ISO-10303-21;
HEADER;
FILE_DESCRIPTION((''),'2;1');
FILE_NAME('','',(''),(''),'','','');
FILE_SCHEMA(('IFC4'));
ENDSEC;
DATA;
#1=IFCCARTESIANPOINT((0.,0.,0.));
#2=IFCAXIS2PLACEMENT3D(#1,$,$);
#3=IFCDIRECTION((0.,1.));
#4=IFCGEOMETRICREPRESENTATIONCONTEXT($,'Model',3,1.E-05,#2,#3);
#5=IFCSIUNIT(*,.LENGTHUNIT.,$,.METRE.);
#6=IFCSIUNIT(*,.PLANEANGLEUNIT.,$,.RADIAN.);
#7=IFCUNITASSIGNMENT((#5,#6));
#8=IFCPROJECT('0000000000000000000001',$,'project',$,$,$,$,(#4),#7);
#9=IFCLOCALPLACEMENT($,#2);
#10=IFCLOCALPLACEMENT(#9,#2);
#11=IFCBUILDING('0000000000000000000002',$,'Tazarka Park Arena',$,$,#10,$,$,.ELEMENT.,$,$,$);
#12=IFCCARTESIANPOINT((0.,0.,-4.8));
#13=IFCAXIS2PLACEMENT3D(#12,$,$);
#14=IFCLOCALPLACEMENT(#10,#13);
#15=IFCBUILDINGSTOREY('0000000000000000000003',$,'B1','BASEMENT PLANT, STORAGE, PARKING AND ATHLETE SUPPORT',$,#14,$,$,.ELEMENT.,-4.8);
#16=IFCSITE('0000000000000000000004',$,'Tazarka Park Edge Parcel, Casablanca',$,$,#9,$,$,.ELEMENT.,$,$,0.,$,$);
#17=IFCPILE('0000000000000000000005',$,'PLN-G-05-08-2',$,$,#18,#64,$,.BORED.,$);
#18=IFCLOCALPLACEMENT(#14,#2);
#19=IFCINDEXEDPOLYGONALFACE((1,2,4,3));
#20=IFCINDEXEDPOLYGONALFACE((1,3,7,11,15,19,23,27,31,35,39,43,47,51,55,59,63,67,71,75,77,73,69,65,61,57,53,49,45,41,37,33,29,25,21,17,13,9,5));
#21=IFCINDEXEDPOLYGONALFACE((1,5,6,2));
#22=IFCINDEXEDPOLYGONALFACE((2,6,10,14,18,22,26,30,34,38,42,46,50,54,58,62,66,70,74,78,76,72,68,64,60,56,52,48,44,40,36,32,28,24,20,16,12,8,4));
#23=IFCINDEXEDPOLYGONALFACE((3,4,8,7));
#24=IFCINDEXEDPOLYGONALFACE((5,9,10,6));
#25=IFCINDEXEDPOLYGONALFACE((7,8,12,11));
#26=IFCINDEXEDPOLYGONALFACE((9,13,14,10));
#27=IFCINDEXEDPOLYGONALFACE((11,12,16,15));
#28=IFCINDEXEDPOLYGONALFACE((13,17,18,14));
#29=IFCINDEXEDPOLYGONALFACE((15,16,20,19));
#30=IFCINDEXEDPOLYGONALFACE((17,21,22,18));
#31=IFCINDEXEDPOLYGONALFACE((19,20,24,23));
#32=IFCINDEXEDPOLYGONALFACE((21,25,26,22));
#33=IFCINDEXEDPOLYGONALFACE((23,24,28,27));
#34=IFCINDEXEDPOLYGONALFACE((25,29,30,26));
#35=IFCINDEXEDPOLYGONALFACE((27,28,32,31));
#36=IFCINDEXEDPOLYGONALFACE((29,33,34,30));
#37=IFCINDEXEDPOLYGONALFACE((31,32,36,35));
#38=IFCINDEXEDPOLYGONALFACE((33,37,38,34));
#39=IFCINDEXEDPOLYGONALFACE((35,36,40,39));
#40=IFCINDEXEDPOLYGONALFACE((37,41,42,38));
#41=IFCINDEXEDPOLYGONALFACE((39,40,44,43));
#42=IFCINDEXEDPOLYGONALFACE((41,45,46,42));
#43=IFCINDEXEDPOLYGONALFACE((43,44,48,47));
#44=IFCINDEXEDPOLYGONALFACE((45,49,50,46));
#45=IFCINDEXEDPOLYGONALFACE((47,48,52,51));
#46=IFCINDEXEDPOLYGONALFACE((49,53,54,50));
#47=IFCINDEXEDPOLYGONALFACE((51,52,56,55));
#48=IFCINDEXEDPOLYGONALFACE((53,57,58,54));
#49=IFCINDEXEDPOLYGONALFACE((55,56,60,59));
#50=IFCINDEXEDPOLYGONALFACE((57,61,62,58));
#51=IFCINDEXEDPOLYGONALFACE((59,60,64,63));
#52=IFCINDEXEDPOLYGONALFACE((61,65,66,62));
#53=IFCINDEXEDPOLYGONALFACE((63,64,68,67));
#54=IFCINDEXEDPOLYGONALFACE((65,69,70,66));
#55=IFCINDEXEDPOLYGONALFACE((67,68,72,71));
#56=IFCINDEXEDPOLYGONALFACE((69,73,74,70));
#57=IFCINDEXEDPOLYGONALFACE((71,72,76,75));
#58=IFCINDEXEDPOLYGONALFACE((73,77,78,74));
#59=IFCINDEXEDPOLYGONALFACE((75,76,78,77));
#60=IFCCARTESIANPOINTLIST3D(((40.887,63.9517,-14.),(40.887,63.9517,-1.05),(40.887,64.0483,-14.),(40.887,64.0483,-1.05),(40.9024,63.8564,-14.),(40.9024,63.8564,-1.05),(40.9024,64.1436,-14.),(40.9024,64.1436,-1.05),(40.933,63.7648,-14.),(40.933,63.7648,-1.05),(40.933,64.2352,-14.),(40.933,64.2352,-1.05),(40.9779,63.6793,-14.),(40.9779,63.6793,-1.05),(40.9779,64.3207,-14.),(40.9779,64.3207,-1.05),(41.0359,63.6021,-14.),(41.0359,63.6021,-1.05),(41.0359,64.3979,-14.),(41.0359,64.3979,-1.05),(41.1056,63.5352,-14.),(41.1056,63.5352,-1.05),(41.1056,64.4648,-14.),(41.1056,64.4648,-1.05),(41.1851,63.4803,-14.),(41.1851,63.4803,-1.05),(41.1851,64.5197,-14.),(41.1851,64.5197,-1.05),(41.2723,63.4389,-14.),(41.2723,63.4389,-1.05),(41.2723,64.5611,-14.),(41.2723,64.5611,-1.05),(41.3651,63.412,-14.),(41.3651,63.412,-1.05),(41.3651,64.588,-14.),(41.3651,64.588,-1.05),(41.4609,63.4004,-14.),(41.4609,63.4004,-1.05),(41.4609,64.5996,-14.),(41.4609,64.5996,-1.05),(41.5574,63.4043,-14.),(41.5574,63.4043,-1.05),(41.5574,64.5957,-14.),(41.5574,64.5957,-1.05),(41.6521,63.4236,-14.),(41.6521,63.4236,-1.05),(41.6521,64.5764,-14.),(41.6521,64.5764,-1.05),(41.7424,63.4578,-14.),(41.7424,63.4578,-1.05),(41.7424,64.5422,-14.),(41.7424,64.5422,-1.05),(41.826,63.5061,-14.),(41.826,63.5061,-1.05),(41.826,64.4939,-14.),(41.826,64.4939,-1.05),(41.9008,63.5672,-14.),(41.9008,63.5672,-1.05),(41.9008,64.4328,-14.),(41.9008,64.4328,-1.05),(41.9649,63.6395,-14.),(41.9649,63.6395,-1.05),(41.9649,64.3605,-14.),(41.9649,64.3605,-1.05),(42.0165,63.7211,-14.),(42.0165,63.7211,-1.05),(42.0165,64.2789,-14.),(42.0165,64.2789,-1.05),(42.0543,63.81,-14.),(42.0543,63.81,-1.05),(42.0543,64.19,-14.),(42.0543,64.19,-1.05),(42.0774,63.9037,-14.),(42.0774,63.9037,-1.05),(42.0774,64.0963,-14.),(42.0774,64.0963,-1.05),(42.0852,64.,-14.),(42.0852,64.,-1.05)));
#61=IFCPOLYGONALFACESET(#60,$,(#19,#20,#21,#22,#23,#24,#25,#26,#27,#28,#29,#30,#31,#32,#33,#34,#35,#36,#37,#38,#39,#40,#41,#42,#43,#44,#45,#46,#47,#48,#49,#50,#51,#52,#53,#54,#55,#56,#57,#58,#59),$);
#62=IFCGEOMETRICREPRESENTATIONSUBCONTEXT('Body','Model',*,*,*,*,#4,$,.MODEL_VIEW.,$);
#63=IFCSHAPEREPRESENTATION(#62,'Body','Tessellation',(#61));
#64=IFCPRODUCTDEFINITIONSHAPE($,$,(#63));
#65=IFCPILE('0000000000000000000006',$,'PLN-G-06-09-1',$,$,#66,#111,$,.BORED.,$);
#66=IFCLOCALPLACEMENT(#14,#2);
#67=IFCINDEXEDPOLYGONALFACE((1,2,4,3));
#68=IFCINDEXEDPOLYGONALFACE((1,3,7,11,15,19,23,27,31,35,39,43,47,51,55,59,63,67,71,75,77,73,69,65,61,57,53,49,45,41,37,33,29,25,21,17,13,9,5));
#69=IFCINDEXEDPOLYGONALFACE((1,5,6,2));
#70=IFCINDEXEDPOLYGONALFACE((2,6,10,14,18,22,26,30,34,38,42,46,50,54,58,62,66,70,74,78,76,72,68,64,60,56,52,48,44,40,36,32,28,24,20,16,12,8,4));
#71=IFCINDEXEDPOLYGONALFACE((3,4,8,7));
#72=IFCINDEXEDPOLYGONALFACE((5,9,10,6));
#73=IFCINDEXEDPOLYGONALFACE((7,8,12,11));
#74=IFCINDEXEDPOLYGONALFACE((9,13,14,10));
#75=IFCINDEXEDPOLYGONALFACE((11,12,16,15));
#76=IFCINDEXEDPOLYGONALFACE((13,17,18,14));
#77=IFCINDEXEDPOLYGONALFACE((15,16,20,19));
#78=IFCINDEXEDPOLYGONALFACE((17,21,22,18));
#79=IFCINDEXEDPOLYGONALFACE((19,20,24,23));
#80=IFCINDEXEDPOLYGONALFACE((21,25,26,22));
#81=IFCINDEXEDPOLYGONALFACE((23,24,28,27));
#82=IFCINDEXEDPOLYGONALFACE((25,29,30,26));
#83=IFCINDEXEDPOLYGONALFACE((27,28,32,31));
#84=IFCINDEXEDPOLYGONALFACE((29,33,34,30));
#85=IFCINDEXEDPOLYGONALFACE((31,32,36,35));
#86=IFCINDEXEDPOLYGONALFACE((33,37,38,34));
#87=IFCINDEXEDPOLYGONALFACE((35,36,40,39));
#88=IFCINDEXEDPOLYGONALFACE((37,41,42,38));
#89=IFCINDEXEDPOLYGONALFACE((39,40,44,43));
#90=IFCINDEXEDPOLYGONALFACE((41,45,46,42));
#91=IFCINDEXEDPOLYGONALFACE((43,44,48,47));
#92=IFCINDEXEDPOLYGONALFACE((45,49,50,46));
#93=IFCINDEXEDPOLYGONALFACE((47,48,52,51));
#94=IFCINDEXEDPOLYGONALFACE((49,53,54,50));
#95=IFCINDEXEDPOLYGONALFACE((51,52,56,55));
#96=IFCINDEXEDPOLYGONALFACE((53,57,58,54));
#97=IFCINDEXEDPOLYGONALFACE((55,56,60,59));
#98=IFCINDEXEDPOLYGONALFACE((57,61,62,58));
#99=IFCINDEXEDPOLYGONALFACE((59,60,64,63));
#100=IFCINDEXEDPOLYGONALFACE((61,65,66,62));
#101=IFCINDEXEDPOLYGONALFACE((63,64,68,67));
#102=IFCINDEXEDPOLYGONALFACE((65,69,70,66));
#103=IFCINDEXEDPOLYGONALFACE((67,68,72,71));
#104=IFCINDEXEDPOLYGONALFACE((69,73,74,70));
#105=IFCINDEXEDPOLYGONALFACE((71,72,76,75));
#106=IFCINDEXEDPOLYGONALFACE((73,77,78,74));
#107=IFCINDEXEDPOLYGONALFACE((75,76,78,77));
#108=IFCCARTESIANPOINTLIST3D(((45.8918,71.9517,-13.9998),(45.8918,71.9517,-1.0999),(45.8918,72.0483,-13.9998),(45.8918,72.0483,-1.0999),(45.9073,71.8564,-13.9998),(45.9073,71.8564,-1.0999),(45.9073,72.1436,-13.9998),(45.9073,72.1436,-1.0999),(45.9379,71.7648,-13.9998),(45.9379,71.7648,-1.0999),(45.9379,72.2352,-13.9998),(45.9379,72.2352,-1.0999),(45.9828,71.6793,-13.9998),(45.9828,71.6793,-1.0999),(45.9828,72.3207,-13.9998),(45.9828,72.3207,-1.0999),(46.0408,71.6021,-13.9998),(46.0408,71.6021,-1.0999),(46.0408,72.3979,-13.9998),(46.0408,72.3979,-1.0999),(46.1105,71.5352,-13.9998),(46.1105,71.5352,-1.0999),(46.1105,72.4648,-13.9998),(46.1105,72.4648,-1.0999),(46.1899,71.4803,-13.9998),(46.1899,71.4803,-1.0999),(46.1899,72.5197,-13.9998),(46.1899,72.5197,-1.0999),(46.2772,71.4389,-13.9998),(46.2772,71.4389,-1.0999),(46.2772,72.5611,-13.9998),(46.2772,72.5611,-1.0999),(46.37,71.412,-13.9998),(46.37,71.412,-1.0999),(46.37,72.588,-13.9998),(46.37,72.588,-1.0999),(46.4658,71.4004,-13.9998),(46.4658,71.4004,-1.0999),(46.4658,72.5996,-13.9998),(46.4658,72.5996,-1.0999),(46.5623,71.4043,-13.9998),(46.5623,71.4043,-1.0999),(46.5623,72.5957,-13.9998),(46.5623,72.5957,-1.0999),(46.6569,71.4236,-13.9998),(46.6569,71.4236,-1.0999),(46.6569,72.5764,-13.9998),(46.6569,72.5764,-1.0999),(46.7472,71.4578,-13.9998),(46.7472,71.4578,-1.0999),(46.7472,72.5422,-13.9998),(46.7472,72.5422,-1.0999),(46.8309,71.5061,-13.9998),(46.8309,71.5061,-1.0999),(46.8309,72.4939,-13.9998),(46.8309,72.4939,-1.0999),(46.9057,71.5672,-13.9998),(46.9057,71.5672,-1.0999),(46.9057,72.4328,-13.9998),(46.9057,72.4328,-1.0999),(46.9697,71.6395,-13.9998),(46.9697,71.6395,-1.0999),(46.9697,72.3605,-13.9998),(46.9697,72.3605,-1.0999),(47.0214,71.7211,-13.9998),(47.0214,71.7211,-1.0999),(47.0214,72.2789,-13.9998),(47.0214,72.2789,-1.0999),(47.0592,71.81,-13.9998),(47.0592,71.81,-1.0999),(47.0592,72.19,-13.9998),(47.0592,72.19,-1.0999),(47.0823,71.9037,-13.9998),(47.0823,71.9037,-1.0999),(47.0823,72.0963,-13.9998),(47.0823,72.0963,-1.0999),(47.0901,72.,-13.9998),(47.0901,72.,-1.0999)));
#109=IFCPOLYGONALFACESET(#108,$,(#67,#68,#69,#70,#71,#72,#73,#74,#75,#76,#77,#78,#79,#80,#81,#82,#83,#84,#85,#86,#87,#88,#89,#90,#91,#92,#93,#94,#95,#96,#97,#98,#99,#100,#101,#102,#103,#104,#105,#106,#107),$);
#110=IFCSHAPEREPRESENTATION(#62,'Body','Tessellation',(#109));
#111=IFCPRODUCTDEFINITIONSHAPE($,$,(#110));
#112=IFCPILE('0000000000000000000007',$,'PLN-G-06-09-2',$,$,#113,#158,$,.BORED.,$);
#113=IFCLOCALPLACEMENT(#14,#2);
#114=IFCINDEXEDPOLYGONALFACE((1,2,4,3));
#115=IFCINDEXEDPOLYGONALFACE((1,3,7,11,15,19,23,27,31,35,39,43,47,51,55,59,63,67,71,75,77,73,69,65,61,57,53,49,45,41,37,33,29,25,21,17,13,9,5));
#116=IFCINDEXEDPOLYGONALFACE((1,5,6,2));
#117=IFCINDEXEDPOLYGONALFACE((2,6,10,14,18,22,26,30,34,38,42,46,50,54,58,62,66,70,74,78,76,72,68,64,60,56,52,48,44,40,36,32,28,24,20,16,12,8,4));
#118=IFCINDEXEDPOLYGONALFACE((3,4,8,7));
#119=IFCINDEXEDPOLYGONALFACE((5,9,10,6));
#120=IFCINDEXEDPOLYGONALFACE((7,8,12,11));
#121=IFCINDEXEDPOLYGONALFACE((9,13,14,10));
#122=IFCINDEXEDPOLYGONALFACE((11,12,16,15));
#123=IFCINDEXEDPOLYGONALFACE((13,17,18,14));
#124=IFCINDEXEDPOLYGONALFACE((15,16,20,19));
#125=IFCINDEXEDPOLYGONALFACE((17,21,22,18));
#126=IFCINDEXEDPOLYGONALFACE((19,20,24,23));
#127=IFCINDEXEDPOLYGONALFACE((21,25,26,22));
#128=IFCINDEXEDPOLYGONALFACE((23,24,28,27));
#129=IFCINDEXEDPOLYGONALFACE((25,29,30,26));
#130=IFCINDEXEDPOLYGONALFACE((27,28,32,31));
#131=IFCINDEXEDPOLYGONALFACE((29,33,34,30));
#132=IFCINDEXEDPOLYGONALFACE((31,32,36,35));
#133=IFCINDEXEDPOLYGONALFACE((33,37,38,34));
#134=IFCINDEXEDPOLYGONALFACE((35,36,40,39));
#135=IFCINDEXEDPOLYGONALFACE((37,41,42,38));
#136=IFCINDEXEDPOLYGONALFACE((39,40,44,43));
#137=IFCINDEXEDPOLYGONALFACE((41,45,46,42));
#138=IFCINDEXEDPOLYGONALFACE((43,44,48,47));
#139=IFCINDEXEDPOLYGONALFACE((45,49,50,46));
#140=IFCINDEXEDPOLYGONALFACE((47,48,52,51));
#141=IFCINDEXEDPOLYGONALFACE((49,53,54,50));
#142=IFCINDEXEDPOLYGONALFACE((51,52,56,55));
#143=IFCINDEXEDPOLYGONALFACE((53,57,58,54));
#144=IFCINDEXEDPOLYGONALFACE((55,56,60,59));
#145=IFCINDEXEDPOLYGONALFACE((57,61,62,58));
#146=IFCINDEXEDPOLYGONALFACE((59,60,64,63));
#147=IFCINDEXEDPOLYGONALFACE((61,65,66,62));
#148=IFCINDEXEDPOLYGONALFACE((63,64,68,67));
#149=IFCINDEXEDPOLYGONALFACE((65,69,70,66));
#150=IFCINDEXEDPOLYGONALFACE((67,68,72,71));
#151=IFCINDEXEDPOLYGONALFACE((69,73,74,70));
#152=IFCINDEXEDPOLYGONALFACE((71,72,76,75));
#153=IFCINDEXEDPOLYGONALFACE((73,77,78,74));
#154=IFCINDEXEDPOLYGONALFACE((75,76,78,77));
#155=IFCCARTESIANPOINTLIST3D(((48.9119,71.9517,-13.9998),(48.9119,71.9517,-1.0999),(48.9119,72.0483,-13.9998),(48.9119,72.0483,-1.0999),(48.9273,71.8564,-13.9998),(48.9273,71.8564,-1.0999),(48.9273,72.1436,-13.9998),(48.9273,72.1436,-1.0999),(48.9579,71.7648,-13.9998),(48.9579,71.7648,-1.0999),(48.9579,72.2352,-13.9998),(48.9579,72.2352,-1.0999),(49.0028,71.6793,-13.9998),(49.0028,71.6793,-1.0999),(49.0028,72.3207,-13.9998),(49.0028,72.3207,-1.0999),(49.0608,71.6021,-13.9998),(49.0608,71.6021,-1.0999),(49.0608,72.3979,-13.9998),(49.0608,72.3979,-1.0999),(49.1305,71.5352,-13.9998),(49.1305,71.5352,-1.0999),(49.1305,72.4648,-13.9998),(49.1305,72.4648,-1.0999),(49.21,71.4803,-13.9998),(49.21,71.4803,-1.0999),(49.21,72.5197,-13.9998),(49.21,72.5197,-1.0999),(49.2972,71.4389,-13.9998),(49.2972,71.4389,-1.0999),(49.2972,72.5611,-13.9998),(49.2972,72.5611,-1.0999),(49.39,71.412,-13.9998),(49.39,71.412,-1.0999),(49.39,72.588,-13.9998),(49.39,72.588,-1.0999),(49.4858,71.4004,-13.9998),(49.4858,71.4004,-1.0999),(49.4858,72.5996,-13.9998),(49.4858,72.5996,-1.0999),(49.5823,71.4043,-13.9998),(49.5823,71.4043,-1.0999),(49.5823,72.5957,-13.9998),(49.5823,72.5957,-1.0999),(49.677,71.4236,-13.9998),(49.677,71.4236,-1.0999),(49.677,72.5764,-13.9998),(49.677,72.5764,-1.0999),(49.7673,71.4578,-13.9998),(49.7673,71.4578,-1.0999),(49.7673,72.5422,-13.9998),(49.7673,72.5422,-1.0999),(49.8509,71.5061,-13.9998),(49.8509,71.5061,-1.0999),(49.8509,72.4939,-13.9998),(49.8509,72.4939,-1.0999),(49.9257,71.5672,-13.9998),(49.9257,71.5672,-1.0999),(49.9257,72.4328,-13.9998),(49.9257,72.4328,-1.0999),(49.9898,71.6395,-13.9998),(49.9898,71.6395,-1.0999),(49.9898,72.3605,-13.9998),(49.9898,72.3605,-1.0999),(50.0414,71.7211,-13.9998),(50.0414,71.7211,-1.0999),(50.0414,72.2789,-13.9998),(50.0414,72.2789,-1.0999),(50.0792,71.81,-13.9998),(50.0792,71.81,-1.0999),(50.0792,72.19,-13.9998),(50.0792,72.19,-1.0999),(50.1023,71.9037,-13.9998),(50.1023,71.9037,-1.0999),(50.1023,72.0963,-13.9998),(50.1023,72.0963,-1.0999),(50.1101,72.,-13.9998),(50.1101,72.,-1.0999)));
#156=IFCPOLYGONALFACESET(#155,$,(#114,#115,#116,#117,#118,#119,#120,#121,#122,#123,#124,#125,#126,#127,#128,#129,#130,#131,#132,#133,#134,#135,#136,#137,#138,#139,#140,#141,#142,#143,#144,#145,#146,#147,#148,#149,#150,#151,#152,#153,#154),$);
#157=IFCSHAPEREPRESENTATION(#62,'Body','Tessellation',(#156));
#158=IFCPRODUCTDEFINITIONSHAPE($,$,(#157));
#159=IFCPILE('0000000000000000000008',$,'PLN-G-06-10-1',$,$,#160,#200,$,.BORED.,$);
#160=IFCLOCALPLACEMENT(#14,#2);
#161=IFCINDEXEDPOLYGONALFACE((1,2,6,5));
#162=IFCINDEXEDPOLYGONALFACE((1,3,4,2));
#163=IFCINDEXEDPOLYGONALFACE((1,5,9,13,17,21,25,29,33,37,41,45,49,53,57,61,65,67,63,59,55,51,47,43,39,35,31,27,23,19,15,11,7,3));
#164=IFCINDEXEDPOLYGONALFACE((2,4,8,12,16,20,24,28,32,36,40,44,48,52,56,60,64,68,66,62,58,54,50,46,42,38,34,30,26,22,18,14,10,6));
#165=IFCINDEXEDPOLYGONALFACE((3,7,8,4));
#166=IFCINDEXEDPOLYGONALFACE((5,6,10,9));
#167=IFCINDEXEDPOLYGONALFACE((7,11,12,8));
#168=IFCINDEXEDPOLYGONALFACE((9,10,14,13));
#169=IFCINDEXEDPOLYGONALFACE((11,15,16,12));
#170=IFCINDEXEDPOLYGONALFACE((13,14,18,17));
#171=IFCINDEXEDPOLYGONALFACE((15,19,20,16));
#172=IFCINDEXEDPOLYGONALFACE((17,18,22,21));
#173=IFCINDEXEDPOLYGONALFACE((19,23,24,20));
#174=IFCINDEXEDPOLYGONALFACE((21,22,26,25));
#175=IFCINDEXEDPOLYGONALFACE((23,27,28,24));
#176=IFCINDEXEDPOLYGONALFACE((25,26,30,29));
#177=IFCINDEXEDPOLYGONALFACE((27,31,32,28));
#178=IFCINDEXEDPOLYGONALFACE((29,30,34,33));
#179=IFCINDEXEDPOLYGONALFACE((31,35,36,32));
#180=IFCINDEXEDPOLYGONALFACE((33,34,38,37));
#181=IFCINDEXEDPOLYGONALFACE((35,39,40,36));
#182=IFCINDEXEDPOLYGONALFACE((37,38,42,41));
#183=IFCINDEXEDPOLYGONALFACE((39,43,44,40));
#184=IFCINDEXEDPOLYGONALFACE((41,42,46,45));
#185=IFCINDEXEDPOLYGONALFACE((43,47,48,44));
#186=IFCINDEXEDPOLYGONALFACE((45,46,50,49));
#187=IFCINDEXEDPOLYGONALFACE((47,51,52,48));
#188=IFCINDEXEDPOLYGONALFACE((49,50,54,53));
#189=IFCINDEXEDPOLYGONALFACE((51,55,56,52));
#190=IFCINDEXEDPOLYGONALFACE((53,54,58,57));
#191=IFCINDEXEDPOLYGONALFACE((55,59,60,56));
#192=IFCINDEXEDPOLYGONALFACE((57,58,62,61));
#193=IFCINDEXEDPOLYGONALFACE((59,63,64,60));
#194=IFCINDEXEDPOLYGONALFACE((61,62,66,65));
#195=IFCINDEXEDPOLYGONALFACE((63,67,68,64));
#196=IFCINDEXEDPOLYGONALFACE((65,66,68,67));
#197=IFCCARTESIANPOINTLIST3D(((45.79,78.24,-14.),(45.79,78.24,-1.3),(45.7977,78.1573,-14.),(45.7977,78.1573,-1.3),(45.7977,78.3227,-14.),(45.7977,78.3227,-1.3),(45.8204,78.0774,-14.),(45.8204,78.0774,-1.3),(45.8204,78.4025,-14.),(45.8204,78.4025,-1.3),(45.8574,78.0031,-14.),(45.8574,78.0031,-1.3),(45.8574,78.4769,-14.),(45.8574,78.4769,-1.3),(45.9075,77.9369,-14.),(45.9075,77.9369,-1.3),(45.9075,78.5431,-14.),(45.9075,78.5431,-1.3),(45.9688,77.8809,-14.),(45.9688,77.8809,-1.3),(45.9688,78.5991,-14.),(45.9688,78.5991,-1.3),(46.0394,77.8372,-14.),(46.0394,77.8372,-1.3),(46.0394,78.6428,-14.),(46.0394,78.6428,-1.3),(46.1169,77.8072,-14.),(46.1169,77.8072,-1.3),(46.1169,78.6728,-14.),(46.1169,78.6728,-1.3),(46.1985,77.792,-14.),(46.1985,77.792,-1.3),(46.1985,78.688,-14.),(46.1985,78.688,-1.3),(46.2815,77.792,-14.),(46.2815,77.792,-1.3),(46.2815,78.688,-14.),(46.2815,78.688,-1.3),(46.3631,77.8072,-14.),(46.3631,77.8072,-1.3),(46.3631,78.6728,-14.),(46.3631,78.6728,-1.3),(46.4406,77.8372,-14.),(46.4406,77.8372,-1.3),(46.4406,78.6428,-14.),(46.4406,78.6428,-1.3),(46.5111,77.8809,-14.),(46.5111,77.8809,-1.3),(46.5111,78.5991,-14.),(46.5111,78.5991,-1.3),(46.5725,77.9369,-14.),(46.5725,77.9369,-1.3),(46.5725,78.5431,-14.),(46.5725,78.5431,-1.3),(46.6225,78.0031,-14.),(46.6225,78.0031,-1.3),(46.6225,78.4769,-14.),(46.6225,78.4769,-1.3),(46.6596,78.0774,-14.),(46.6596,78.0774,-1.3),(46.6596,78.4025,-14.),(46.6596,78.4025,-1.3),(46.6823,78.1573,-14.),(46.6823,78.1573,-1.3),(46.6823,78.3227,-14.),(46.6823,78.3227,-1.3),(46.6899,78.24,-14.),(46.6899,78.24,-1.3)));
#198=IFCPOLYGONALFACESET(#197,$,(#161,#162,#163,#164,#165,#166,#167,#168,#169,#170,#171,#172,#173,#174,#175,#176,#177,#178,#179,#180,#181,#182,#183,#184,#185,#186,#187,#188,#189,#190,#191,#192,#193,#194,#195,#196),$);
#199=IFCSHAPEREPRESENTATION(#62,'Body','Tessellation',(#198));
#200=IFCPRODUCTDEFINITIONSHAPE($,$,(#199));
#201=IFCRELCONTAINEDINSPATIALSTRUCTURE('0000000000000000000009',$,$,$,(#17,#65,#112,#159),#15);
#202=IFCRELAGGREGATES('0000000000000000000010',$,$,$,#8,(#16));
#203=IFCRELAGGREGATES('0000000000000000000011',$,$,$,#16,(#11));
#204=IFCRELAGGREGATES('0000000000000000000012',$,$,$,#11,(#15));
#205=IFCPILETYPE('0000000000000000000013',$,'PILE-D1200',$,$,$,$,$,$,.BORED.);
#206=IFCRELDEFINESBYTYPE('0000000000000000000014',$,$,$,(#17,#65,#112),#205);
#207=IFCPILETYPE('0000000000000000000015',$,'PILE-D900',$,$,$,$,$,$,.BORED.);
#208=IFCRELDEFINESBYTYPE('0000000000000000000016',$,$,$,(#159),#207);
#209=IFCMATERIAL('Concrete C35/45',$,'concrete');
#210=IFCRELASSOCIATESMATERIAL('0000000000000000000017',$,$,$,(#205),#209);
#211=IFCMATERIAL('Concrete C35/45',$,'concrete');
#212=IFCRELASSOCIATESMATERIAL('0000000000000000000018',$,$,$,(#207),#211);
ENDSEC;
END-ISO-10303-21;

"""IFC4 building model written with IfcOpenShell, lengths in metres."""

from ifc_helpers import new_model, si_unit, direction, frame, origin, origin_2d, place, context, subcontext, project, spatial, circle, extrude, material, material_profile, profile_set, type_object, element, save


model = new_model("IFC4")

# Units and contexts
model_context = context("Model", 3, precision=1e-05, world=origin(), true_north=direction((0.0, 1.0)))
body_context = subcontext(model_context, "Body", "Model", "MODEL_VIEW")
ifc_project = project(units=[si_unit("LENGTHUNIT", "METRE"), si_unit("PLANEANGLEUNIT", "RADIAN")], contexts=[model_context])

# Site, building, storey
site_placement = place(None, origin())
site = spatial("IfcSite", under=ifc_project, at=site_placement, Name="Tazarka Park Edge Parcel, Casablanca", CompositionType="ELEMENT", RefElevation=0.0)
building_placement = place(site_placement, origin())
building = spatial("IfcBuilding", under=site, at=building_placement, Name="Tazarka Park Arena", CompositionType="ELEMENT")
storey_placement = place(building_placement, frame((0.0, 0.0, -4.8)))
storey = spatial("IfcBuildingStorey", under=building, at=storey_placement, Name="B1", Description="BASEMENT PLANT, STORAGE, PARKING AND ATHLETE SUPPORT", CompositionType="ELEMENT", Elevation=-4.8)

# Piles
ifc_material_1 = material(Name="Concrete C35/45", Category="concrete")
ifc_material_profile_1 = material_profile(ifc_material_1, circle(Radius=0.6001, at=origin_2d()), Name="Concrete C35/45")
ifc_profile_set_1 = profile_set([ifc_material_profile_1], Name="Concrete C35/45")
pile_type_1 = type_object("IfcPileType", Name="PILE-D1200", PredefinedType="BORED", material=ifc_profile_set_1)
pile_placement = place(storey_placement, frame((41.4851, 64.0, -1.05), z_axis=(0.0, 0.0, -1.0), x_axis=(1.0, 0.0, 0.0)))
element("IfcPile", 1, at=pile_placement, inside=storey, type_object=pile_type_1, Name="PLN-G-05-08-2", PredefinedType="BORED", context=body_context, shape_type="SweptSolid", body=[
    extrude(circle(Radius=0.6001, at=origin_2d()), origin(), (0.0, 0.0, 1.0), 12.95),
])
for number, where, z_axis, x_axis, name in (
    (2, (46.49, 72.0, -1.0999), (0.0, 0.0, -1.0), (1.0, 0.0, 0.0), "PLN-G-06-09-1"),
    (3, (49.51, 72.0, -1.0999), (0.0, 0.0, -1.0), (1.0, 0.0, 0.0), "PLN-G-06-09-2"),
):
    element("IfcPile", number, at=place(storey_placement, frame(where, z_axis=z_axis, x_axis=x_axis)), inside=storey, type_object=pile_type_1, Name=name, PredefinedType="BORED", context=body_context, shape_type="SweptSolid", body=[
        extrude(circle(Radius=0.6001, at=origin_2d()), origin(), (0.0, 0.0, 1.0), 12.8999),
    ])
ifc_material_2 = material(Name="Concrete C35/45", Category="concrete")
ifc_material_profile_2 = material_profile(ifc_material_2, circle(Radius=0.45, at=origin_2d()), Name="Concrete C35/45")
ifc_profile_set_2 = profile_set([ifc_material_profile_2], Name="Concrete C35/45")
pile_type_2 = type_object("IfcPileType", Name="PILE-D900", PredefinedType="BORED", material=ifc_profile_set_2)
for number, where, z_axis, x_axis, name in (
    (4, (46.24, 78.24, -1.3), (0.0, 0.0, -1.0), (1.0, 0.0, 0.0), "PLN-G-06-10-1"),
):
    element("IfcPile", number, at=place(storey_placement, frame(where, z_axis=z_axis, x_axis=x_axis)), inside=storey, type_object=pile_type_2, Name=name, PredefinedType="BORED", context=body_context, shape_type="SweptSolid", body=[
        extrude(circle(Radius=0.45, at=origin_2d()), origin(), (0.0, 0.0, 1.0), 12.7),
    ])

save(model, "model.ifc")
